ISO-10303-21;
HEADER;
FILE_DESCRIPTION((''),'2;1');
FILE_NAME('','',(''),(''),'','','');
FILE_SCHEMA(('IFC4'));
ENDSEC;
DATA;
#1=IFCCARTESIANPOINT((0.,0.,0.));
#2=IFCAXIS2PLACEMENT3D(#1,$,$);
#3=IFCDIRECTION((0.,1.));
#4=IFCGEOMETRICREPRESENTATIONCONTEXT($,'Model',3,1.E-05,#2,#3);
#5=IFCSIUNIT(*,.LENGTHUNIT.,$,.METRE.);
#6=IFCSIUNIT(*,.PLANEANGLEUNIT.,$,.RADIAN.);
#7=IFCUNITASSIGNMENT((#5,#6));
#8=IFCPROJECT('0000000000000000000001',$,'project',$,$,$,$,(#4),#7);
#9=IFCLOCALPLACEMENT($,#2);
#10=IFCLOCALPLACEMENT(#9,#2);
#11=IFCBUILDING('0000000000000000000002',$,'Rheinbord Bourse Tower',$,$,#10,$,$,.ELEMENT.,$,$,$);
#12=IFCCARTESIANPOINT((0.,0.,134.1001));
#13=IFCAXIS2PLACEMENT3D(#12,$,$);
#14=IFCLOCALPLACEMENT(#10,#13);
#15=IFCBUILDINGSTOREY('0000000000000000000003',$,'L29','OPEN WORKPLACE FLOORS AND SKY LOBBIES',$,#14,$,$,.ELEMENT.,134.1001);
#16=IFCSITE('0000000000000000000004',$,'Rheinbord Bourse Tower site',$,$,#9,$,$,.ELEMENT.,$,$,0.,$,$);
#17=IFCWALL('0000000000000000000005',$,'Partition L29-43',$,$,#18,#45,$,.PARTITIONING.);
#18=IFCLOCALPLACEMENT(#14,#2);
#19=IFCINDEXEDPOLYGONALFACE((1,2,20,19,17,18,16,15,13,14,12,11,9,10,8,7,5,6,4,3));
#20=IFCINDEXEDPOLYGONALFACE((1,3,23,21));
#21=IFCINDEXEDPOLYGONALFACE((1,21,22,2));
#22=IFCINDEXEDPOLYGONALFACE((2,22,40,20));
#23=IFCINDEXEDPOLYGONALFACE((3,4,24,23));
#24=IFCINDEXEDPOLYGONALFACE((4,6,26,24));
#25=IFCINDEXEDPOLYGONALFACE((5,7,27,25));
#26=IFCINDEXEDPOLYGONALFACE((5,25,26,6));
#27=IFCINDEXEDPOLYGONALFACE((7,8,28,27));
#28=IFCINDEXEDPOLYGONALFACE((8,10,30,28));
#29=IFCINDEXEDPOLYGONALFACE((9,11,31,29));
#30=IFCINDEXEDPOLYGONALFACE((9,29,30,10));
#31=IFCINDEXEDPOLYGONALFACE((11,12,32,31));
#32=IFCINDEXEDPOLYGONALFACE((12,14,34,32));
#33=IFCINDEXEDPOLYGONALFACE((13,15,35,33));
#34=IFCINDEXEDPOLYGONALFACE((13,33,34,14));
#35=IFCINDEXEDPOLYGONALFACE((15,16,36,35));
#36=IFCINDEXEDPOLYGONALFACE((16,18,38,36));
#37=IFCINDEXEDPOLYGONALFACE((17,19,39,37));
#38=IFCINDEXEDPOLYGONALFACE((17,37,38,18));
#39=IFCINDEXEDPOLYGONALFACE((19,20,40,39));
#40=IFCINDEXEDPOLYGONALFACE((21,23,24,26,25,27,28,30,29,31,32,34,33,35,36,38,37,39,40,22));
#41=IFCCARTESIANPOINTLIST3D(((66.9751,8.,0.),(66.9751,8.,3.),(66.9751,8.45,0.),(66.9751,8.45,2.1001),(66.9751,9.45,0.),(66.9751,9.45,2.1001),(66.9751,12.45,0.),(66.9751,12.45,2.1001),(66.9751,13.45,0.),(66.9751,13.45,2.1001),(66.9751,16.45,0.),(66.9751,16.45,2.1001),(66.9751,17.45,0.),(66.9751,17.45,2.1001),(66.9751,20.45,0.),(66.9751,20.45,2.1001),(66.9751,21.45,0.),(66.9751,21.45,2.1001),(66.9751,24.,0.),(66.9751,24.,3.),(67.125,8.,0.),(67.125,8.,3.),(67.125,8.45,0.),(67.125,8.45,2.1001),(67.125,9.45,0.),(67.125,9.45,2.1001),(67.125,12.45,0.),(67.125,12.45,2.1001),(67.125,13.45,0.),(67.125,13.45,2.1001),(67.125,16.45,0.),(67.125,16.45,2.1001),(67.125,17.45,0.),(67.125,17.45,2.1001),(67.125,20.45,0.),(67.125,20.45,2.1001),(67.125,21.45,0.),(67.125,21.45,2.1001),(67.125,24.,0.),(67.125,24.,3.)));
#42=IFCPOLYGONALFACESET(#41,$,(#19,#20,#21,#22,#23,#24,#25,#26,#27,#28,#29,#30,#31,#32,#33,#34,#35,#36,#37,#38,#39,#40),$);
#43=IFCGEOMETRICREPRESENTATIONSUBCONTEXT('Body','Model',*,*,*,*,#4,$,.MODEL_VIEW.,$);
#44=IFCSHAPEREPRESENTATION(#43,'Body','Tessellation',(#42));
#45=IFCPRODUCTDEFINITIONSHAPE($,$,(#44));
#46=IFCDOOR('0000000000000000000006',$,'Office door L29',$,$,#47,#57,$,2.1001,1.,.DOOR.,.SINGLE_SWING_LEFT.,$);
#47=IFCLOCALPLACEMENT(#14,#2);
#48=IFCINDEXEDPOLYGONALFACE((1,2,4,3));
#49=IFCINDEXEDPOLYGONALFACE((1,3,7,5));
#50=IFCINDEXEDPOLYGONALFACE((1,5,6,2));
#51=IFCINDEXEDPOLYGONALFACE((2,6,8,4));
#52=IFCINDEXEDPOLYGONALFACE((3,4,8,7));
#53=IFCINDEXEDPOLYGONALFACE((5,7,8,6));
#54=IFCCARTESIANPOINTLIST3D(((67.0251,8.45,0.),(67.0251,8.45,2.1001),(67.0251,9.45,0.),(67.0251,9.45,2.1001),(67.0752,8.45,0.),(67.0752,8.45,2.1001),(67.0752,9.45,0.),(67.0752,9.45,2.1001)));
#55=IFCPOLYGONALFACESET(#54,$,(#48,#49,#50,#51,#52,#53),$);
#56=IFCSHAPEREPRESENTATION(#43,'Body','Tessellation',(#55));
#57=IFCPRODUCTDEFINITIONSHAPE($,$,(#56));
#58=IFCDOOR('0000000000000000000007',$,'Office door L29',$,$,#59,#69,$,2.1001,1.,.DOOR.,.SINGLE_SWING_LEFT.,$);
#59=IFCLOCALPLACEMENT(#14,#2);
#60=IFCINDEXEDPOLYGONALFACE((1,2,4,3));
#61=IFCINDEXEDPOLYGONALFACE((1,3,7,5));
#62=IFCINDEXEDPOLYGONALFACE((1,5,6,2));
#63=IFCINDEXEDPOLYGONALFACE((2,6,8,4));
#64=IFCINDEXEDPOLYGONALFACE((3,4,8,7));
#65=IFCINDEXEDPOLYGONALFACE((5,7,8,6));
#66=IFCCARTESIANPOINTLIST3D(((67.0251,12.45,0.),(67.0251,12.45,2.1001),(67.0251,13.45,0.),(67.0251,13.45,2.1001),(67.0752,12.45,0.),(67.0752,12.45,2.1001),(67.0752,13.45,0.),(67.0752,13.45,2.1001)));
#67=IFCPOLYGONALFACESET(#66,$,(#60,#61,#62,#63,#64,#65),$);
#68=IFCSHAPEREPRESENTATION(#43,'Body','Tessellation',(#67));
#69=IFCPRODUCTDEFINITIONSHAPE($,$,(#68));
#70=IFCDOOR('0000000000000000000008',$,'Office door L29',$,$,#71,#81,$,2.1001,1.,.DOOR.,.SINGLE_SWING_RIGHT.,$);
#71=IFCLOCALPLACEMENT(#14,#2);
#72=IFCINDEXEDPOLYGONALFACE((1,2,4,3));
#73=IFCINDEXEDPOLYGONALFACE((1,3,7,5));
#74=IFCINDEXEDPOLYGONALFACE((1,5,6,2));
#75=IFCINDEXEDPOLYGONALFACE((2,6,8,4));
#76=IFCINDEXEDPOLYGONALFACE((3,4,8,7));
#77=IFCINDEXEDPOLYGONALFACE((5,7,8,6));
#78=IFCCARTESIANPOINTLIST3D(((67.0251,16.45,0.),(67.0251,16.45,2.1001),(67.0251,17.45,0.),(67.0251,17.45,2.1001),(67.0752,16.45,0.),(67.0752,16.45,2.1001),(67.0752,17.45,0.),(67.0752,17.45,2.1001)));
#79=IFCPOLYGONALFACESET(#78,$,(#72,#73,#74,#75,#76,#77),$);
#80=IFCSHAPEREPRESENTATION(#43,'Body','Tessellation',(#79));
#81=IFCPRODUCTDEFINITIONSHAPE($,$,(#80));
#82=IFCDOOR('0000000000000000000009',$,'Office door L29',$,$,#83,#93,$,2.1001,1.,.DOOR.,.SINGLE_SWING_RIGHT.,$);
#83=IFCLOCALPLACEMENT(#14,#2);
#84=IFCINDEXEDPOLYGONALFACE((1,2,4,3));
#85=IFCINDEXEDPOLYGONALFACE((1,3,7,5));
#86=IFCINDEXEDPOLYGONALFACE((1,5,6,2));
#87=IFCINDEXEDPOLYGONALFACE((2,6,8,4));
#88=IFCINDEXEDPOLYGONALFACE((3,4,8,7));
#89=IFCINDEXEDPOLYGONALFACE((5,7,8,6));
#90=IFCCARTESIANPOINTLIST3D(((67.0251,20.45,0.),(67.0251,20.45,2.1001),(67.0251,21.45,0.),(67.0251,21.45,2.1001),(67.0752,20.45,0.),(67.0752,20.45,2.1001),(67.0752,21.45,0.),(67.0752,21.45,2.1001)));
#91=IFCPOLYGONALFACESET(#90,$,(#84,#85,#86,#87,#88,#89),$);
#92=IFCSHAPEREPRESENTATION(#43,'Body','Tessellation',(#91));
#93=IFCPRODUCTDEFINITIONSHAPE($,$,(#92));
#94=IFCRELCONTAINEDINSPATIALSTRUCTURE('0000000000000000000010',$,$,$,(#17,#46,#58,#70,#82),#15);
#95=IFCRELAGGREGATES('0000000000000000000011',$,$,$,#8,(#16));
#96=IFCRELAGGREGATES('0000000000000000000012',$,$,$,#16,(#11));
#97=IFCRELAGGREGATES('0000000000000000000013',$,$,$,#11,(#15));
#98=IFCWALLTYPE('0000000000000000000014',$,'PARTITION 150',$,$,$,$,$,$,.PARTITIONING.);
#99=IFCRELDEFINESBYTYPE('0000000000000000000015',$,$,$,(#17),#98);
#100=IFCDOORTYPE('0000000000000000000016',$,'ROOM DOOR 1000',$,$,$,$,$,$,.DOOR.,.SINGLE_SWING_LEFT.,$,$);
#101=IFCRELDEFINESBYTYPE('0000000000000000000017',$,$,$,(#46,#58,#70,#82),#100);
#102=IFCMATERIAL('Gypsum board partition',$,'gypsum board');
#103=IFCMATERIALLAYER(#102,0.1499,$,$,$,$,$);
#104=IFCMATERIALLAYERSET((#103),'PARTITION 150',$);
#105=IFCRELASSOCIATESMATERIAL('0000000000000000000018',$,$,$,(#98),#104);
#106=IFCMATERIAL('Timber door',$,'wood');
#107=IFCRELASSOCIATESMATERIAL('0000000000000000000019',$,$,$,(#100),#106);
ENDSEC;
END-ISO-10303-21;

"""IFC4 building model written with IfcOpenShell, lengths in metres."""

from ifc_helpers import new_model, si_unit, direction, frame, frame_2d, origin, place, context, subcontext, project, spatial, rectangle, extrude, material, layer, layer_set, type_object, element, fill, save


model = new_model("IFC4")

# Units and contexts
model_context = context("Model", 3, precision=1e-05, world=origin(), true_north=direction((0.0, 1.0)))
body_context = subcontext(model_context, "Body", "Model", "MODEL_VIEW")
ifc_project = project(units=[si_unit("LENGTHUNIT", "METRE"), si_unit("PLANEANGLEUNIT", "RADIAN")], contexts=[model_context])

# Site, building, storey
site_placement = place(None, origin())
site = spatial("IfcSite", under=ifc_project, at=site_placement, Name="Rheinbord Bourse Tower site", CompositionType="ELEMENT", RefElevation=0.0)
building_placement = place(site_placement, origin())
building = spatial("IfcBuilding", under=site, at=building_placement, Name="Rheinbord Bourse Tower", CompositionType="ELEMENT")
storey_placement = place(building_placement, frame((0.0, 0.0, 134.1001)))
storey = spatial("IfcBuildingStorey", under=building, at=storey_placement, Name="L29", Description="OPEN WORKPLACE FLOORS AND SKY LOBBIES", CompositionType="ELEMENT", Elevation=134.1001)

# Shared definitions
ifc_material_1 = material(Name="Gypsum board partition", Category="gypsum board")
ifc_layer_1 = layer(ifc_material_1, 0.1499)
ifc_layer_set_1 = layer_set([ifc_layer_1], Name="PARTITION 150")
wall_type_1 = type_object("IfcWallType", Name="PARTITION 150", PredefinedType="PARTITIONING", material=ifc_layer_set_1)

# Wall, openings, doors
wall_1_placement = place(storey_placement, frame((67.05, 8.0, 0.0), z_axis=(0.0, 0.0, 1.0), x_axis=(0.0, 1.0, 0.0)))
wall_1 = element("IfcWall", 1, at=wall_1_placement, inside=storey, type_object=wall_type_1, Name="Partition L29-43", PredefinedType="PARTITIONING", context=body_context, shape_type="SweptSolid", body=[
    extrude(rectangle(XDim=16.0, YDim=0.1499, at=frame_2d((8.0, 0.0))), origin(), (0.0, 0.0, 1.0), 3.0),
])
opening_1_placement = place(wall_1_placement, frame((0.45, 0.0, 0.0)))
opening_1 = element("IfcOpeningElement", 2, at=opening_1_placement, cuts=wall_1, PredefinedType="OPENING", context=body_context, shape_type="SweptSolid", body=[
    extrude(rectangle(XDim=1.0, YDim=2.1001, at=frame_2d((0.5, 1.05))), frame((0.0, 0.085, 0.0), z_axis=(0.0, -1.0, 0.0), x_axis=(1.0, 0.0, 0.0)), (0.0, 0.0, 1.0), 0.1699),
])
opening_2_placement = place(wall_1_placement, frame((4.45, 0.0, 0.0)))
opening_2 = element("IfcOpeningElement", 3, at=opening_2_placement, cuts=wall_1, PredefinedType="OPENING", context=body_context, shape_type="SweptSolid", body=[
    extrude(rectangle(XDim=1.0, YDim=2.1001, at=frame_2d((0.5, 1.05))), frame((0.0, 0.085, 0.0), z_axis=(0.0, -1.0, 0.0), x_axis=(1.0, 0.0, 0.0)), (0.0, 0.0, 1.0), 0.1699),
])
opening_3_placement = place(wall_1_placement, frame((8.45, 0.0, 0.0)))
opening_3 = element("IfcOpeningElement", 4, at=opening_3_placement, cuts=wall_1, PredefinedType="OPENING", context=body_context, shape_type="SweptSolid", body=[
    extrude(rectangle(XDim=1.0, YDim=2.1001, at=frame_2d((0.5, 1.05))), frame((0.0, 0.085, 0.0), z_axis=(0.0, -1.0, 0.0), x_axis=(1.0, 0.0, 0.0)), (0.0, 0.0, 1.0), 0.1699),
])
opening_4_placement = place(wall_1_placement, frame((12.45, 0.0, 0.0)))
opening_4 = element("IfcOpeningElement", 5, at=opening_4_placement, cuts=wall_1, PredefinedType="OPENING", context=body_context, shape_type="SweptSolid", body=[
    extrude(rectangle(XDim=1.0, YDim=2.1001, at=frame_2d((0.5, 1.05))), frame((0.0, 0.085, 0.0), z_axis=(0.0, -1.0, 0.0), x_axis=(1.0, 0.0, 0.0)), (0.0, 0.0, 1.0), 0.1699),
])
ifc_material_2 = material(Name="Timber door", Category="wood")
door_type_1 = type_object("IfcDoorType", Name="ROOM DOOR 1000", OperationType="SINGLE_SWING_LEFT", PredefinedType="DOOR", material=ifc_material_2)
door_1_placement = place(opening_1_placement, origin())
door_1 = element("IfcDoor", 6, at=door_1_placement, inside=storey, type_object=door_type_1, Name="Office door L29", OperationType="SINGLE_SWING_LEFT", OverallHeight=2.1001, OverallWidth=1.0, PredefinedType="DOOR", context=body_context, shape_type="SweptSolid", body=[
    extrude(rectangle(XDim=1.0, YDim=2.1001, at=frame_2d((0.5, 1.05))), frame((0.0, 0.0249, 0.0), z_axis=(0.0, -1.0, 0.0), x_axis=(1.0, 0.0, 0.0)), (0.0, 0.0, 1.0), 0.05),
])
fill(opening_1, door_1)
door_2_placement = place(opening_2_placement, origin())
door_2 = element("IfcDoor", 7, at=door_2_placement, inside=storey, type_object=door_type_1, Name="Office door L29", OperationType="SINGLE_SWING_LEFT", OverallHeight=2.1001, OverallWidth=1.0, PredefinedType="DOOR", context=body_context, shape_type="SweptSolid", body=[
    extrude(rectangle(XDim=1.0, YDim=2.1001, at=frame_2d((0.5, 1.05))), frame((0.0, 0.0249, 0.0), z_axis=(0.0, -1.0, 0.0), x_axis=(1.0, 0.0, 0.0)), (0.0, 0.0, 1.0), 0.05),
])
fill(opening_2, door_2)
door_3_placement = place(opening_3_placement, origin())
door_3 = element("IfcDoor", 8, at=door_3_placement, inside=storey, type_object=door_type_1, Name="Office door L29", OperationType="SINGLE_SWING_RIGHT", OverallHeight=2.1001, OverallWidth=1.0, PredefinedType="DOOR", context=body_context, shape_type="SweptSolid", body=[
    extrude(rectangle(XDim=1.0, YDim=2.1001, at=frame_2d((0.5, 1.05))), frame((0.0, 0.0249, 0.0), z_axis=(0.0, -1.0, 0.0), x_axis=(1.0, 0.0, 0.0)), (0.0, 0.0, 1.0), 0.05),
])
fill(opening_3, door_3)
door_4_placement = place(opening_4_placement, origin())
door_4 = element("IfcDoor", 9, at=door_4_placement, inside=storey, type_object=door_type_1, Name="Office door L29", OperationType="SINGLE_SWING_RIGHT", OverallHeight=2.1001, OverallWidth=1.0, PredefinedType="DOOR", context=body_context, shape_type="SweptSolid", body=[
    extrude(rectangle(XDim=1.0, YDim=2.1001, at=frame_2d((0.5, 1.05))), frame((0.0, 0.0249, 0.0), z_axis=(0.0, -1.0, 0.0), x_axis=(1.0, 0.0, 0.0)), (0.0, 0.0, 1.0), 0.05),
])
fill(opening_4, door_4)

save(model, "model.ifc")
